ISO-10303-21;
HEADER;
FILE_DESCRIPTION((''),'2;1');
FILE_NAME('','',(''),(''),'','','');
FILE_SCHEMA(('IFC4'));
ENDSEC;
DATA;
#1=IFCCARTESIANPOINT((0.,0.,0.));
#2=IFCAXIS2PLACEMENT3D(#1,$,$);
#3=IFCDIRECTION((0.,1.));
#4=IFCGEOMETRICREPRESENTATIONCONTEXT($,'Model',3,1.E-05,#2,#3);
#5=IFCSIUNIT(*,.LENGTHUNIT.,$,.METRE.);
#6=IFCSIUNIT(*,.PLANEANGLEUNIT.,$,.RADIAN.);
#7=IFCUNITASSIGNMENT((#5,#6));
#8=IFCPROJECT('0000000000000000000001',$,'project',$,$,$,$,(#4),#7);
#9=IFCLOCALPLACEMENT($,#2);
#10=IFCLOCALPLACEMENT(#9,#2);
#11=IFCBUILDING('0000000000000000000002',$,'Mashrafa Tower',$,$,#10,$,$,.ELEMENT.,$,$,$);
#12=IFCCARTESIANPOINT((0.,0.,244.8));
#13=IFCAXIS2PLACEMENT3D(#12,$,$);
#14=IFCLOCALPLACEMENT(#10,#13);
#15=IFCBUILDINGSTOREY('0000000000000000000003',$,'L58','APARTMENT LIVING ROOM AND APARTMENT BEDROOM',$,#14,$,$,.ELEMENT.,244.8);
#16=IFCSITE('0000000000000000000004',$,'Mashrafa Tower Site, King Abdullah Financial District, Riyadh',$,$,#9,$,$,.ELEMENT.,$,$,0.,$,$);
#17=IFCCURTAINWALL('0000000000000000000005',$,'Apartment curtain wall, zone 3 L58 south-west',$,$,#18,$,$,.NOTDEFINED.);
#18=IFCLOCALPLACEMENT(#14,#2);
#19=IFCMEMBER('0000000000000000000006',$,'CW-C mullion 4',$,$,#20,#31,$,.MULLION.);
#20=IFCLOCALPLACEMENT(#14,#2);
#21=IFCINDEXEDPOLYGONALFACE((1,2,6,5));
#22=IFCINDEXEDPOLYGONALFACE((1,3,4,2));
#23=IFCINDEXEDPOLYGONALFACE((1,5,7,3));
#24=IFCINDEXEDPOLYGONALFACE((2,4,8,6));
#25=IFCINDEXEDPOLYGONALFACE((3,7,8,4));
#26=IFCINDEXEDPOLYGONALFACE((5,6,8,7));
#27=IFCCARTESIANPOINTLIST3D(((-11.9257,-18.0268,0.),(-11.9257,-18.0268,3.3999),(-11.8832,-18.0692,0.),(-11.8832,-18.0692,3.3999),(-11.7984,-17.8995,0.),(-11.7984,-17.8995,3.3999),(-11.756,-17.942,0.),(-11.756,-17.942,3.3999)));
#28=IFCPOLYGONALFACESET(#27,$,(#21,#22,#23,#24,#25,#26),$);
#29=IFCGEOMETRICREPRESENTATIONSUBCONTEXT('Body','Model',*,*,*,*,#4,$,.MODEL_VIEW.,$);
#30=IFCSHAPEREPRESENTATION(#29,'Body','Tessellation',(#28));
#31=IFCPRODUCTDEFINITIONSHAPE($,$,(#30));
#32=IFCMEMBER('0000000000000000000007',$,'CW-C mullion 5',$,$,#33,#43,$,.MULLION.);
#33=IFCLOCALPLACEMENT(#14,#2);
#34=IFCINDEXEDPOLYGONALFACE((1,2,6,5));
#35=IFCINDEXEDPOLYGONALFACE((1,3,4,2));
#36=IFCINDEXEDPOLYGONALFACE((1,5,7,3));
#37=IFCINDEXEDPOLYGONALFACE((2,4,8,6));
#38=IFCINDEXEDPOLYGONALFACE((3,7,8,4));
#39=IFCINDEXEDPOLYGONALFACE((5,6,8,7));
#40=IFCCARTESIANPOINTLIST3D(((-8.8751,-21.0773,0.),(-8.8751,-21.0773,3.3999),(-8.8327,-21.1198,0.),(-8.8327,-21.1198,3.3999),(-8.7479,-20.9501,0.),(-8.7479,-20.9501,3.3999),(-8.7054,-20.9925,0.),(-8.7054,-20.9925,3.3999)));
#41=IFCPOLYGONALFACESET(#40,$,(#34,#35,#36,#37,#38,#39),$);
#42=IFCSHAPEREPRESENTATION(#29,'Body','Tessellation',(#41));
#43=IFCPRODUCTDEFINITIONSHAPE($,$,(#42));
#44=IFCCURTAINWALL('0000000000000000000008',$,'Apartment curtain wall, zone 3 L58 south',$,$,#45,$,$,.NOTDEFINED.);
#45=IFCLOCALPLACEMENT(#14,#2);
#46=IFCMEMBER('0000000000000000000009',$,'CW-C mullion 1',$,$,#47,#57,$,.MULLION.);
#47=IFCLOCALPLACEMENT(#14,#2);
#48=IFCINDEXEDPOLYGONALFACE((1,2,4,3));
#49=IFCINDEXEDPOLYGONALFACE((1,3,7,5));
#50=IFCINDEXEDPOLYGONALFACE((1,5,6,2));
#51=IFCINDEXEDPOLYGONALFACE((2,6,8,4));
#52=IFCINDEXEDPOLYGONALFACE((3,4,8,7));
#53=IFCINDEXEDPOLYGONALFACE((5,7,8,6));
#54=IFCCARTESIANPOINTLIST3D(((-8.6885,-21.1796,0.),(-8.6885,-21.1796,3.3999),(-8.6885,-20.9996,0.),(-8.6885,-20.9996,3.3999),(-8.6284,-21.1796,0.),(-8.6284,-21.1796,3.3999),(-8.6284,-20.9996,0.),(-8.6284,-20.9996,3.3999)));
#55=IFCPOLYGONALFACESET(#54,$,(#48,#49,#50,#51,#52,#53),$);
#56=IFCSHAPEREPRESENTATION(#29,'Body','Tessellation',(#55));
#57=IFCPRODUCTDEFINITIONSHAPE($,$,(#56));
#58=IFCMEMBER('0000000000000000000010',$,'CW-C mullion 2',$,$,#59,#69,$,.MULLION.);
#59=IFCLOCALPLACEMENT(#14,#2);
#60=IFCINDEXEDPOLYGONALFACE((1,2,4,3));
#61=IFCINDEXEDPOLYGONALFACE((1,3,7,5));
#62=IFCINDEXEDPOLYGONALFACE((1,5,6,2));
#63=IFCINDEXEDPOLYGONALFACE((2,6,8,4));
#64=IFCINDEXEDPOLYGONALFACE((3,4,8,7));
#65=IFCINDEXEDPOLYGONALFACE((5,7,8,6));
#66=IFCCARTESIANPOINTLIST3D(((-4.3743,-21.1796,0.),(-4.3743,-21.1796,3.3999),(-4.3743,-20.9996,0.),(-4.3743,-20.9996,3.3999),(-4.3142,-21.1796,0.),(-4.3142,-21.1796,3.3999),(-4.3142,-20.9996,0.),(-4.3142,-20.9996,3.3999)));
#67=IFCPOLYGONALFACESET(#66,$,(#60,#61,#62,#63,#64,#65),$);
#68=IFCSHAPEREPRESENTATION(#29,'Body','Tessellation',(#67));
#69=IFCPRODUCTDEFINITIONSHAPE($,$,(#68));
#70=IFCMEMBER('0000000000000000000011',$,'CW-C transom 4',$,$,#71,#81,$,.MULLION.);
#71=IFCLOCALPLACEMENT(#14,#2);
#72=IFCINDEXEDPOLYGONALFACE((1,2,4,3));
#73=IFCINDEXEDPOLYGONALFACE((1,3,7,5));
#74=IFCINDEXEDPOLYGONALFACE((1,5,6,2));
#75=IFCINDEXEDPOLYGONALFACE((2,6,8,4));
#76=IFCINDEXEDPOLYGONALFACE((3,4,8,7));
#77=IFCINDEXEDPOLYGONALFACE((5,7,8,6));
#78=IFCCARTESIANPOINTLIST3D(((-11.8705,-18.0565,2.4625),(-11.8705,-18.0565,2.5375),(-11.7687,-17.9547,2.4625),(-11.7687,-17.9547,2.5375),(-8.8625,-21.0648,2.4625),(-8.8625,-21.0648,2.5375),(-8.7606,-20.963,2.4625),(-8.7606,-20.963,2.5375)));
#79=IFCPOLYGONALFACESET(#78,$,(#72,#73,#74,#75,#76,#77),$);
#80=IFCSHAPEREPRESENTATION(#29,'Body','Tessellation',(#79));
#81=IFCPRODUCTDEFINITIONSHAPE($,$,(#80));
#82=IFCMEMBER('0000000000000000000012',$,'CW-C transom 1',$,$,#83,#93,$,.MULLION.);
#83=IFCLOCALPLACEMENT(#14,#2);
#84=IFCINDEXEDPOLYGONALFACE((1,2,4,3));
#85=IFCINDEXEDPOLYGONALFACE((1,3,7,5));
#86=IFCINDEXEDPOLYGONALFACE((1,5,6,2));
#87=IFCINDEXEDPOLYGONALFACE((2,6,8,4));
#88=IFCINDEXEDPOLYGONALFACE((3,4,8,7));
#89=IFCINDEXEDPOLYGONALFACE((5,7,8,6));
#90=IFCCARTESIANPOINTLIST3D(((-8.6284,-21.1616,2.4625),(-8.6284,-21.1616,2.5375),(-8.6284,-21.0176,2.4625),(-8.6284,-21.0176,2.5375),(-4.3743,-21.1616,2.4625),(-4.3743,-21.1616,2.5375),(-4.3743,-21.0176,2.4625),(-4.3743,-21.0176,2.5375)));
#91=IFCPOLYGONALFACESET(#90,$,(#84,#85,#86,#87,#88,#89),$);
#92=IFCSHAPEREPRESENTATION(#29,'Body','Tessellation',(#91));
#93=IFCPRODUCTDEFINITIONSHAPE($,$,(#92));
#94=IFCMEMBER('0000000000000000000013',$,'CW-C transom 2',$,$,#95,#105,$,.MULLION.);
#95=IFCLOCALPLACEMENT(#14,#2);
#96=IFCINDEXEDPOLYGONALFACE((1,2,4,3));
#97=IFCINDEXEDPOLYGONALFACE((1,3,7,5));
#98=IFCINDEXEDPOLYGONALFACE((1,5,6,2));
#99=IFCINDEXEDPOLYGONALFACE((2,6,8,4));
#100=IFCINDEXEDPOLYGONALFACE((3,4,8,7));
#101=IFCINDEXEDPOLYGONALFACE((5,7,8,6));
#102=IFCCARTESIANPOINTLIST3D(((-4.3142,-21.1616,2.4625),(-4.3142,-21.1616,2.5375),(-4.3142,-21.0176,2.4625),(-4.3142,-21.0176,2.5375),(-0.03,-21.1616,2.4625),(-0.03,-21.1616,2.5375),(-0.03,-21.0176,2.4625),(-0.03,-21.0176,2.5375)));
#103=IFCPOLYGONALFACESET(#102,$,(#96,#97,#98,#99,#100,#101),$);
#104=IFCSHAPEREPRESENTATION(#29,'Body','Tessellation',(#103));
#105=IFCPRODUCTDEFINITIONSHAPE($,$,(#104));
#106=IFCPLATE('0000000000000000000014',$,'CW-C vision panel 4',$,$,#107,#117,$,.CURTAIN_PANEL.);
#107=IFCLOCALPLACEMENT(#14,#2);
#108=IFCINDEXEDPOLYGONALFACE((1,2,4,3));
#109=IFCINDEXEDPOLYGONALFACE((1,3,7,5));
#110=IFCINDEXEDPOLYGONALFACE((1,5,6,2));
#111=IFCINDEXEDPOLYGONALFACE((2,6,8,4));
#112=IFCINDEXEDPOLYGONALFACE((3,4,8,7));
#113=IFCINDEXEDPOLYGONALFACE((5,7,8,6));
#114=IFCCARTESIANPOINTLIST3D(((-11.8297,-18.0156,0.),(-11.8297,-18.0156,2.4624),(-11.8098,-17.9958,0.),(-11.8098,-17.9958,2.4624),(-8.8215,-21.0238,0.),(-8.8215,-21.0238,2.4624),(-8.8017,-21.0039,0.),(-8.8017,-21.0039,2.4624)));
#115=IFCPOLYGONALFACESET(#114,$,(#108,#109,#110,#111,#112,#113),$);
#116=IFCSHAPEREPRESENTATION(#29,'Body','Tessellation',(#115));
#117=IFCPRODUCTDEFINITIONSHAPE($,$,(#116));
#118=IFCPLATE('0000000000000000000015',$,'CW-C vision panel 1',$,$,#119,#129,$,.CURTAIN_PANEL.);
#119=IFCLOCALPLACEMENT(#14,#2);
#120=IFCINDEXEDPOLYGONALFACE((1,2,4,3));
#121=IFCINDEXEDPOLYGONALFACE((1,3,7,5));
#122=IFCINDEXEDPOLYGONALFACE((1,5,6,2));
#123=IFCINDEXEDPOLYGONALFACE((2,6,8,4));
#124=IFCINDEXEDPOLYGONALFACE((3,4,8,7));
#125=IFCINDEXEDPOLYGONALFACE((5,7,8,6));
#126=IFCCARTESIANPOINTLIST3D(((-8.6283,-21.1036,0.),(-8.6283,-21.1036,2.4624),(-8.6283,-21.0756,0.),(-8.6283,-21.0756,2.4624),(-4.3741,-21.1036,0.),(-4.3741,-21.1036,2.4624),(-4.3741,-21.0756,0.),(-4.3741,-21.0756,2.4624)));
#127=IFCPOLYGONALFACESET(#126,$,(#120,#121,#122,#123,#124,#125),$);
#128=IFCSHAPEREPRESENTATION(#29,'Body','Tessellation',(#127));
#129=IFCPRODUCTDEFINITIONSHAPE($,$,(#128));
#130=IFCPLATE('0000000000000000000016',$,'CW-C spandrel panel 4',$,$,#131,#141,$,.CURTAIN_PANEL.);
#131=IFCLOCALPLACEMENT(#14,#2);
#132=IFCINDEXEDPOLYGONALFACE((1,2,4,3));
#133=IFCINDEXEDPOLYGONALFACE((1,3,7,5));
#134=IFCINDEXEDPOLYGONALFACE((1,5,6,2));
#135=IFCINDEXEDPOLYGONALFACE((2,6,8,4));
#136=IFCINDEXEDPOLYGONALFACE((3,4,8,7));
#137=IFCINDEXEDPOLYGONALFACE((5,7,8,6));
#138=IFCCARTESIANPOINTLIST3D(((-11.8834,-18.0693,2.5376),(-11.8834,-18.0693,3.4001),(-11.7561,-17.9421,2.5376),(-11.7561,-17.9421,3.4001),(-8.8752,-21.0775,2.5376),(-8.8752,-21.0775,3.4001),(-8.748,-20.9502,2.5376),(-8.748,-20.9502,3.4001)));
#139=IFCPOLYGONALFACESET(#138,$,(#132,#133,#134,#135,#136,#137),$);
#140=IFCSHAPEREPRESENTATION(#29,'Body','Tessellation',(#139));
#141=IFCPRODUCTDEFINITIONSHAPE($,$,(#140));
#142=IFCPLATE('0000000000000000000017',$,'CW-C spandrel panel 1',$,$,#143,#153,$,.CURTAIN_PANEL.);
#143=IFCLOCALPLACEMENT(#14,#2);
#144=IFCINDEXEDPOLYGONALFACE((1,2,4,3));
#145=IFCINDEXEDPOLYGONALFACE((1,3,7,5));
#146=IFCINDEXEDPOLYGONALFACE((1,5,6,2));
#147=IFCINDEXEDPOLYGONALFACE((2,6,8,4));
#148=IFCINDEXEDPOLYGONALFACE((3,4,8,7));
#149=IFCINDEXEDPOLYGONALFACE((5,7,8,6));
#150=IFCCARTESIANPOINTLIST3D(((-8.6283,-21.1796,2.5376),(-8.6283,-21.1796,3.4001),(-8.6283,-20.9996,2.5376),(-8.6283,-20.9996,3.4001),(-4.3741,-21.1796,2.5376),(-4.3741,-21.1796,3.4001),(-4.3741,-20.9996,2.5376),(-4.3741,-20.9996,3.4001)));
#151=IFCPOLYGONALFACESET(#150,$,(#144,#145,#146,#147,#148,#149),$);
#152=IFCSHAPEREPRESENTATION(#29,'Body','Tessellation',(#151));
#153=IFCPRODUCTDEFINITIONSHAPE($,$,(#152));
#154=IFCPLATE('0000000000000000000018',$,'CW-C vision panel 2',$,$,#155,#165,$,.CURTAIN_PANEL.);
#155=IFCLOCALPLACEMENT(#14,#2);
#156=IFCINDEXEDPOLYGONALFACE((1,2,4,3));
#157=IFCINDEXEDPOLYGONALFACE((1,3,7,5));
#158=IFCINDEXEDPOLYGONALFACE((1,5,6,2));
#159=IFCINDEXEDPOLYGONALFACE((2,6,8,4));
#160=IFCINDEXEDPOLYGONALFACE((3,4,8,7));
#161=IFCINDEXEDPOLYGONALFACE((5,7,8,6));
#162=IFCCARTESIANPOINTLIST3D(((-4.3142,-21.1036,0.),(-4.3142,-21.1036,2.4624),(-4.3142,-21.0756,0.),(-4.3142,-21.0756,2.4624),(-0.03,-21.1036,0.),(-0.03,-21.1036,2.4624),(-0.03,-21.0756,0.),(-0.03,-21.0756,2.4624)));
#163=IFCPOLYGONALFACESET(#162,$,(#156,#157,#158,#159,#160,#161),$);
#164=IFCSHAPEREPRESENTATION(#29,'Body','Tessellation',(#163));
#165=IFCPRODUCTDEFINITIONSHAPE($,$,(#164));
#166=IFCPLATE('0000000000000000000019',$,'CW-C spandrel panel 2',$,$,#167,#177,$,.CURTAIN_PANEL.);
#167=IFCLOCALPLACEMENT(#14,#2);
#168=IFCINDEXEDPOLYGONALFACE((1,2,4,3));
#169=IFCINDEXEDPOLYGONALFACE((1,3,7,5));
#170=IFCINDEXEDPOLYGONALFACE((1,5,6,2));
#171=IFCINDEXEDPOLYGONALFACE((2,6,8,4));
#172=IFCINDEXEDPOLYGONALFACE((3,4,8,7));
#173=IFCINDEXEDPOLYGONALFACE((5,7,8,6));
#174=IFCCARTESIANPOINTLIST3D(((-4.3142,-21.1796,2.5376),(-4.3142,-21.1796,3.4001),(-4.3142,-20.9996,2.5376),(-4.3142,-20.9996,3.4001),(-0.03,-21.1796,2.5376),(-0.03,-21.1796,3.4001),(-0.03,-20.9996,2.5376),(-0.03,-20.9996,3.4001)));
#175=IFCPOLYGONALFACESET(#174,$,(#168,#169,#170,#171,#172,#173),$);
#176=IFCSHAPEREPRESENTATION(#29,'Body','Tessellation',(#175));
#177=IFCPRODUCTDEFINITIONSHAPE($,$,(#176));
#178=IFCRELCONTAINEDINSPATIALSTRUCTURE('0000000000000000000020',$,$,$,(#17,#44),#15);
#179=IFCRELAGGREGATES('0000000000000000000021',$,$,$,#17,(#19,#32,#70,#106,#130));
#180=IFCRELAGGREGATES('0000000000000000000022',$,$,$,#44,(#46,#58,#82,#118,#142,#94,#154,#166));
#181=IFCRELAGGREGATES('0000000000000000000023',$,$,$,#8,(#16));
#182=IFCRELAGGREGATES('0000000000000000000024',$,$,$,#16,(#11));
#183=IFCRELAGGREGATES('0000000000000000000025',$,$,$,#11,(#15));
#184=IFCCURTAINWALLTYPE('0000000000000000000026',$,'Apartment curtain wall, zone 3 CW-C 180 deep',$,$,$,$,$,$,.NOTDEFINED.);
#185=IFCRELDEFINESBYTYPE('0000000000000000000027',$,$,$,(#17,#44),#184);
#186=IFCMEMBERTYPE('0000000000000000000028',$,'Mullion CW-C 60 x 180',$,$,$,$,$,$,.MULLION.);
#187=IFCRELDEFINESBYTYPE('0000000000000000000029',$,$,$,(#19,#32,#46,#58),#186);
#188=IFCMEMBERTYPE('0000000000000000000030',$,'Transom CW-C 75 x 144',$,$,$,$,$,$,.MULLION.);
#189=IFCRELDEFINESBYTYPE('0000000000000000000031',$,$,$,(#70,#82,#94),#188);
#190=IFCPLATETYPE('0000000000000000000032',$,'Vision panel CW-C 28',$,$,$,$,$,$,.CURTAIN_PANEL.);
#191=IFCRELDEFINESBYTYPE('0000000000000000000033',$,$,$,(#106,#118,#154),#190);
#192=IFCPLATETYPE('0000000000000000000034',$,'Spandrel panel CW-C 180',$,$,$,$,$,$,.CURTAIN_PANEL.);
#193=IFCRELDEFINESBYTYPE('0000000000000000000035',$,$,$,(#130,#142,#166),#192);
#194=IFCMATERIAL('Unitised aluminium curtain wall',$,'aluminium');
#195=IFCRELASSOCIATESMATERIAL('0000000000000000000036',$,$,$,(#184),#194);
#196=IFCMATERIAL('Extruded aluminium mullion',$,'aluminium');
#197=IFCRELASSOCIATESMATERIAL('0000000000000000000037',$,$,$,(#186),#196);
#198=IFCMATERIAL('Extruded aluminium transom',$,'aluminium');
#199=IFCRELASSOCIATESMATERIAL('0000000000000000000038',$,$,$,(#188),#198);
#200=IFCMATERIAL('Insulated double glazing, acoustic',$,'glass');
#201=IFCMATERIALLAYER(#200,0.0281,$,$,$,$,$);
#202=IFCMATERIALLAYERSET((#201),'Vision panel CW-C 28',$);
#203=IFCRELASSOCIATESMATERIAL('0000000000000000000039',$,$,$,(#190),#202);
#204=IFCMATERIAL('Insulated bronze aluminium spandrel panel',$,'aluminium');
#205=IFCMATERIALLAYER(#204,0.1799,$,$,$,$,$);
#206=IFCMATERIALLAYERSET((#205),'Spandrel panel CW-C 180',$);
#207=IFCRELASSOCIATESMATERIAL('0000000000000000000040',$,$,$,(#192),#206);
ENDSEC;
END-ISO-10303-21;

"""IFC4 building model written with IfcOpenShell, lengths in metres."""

from ifc_helpers import new_model, si_unit, direction, frame, origin, origin_2d, place, context, subcontext, project, spatial, rectangle, extrude, source, transform, mapped, material, layer, layer_set, material_profile, profile_set, type_object, type_shapes, element, aggregate, save


model = new_model("IFC4")

# Units and contexts
model_context = context("Model", 3, precision=1e-05, world=origin(), true_north=direction((0.0, 1.0)))
body_context = subcontext(model_context, "Body", "Model", "MODEL_VIEW")
ifc_project = project(units=[si_unit("LENGTHUNIT", "METRE"), si_unit("PLANEANGLEUNIT", "RADIAN")], contexts=[model_context])

# Site, building, storey
site_placement = place(None, origin())
site = spatial("IfcSite", under=ifc_project, at=site_placement, Name="Mashrafa Tower Site, King Abdullah Financial District, Riyadh", CompositionType="ELEMENT", RefElevation=0.0)
building_placement = place(site_placement, origin())
building = spatial("IfcBuilding", under=site, at=building_placement, Name="Mashrafa Tower", CompositionType="ELEMENT")
storey_placement = place(building_placement, frame((0.0, 0.0, 244.8)))
storey = spatial("IfcBuildingStorey", under=building, at=storey_placement, Name="L58", Description="APARTMENT LIVING ROOM AND APARTMENT BEDROOM", CompositionType="ELEMENT", Elevation=244.8)

# Curtain walls, members
ifc_material_1 = material(Name="Unitised aluminium curtain wall", Category="aluminium")
curtain_wall_type = type_object("IfcCurtainWallType", Name="Apartment curtain wall, zone 3 CW-C 180 deep", PredefinedType="NOTDEFINED", material=ifc_material_1)
curtain_wall_1_placement = place(storey_placement, origin())
curtain_wall_1 = element("IfcCurtainWall", 1, at=curtain_wall_1_placement, inside=storey, type_object=curtain_wall_type, Name="Apartment curtain wall, zone 3 L58 south-west", PredefinedType="NOTDEFINED")
ifc_material_2 = material(Name="Extruded aluminium mullion", Category="aluminium")
ifc_material_profile_1 = material_profile(ifc_material_2, rectangle(XDim=0.1799, YDim=0.0601, at=origin_2d()), Name="Mullion 60x180")
ifc_profile_set_1 = profile_set([ifc_material_profile_1], Name="Extruded aluminium mullion")
member_type_1 = type_object("IfcMemberType", Name="Mullion CW-C 60 x 180", PredefinedType="MULLION", material=ifc_profile_set_1)
shared_shape_1 = source(origin(), body_context, "Body", "SweptSolid", [
    extrude(rectangle(XDim=0.1799, YDim=0.0601, at=origin_2d()), origin(), (0.0, 0.0, 1.0), 3.3999),
])
type_shapes(member_type_1, [shared_shape_1])
member_1_placement = place(storey_placement, frame((-11.8408, -17.9844, 0.0), z_axis=(0.0, 0.0, 1.0), x_axis=(0.707107, 0.707107, 0.0)))
member_1 = element("IfcMember", 2, at=member_1_placement, type_object=member_type_1, Name="CW-C mullion 4", PredefinedType="MULLION", context=body_context, shape_type="MappedRepresentation", body=[
    mapped(shared_shape_1, transform((0.0, 0.0, 0.0))),
])
member_2_placement = place(storey_placement, frame((-8.7903, -21.0349, 0.0), z_axis=(0.0, 0.0, 1.0), x_axis=(0.707107, 0.707107, 0.0)))
member_2 = element("IfcMember", 3, at=member_2_placement, type_object=member_type_1, Name="CW-C mullion 5", PredefinedType="MULLION", context=body_context, shape_type="MappedRepresentation", body=[
    mapped(shared_shape_1, transform((0.0, 0.0, 0.0))),
])
curtain_wall_2_placement = place(storey_placement, origin())
curtain_wall_2 = element("IfcCurtainWall", 4, at=curtain_wall_2_placement, inside=storey, type_object=curtain_wall_type, Name="Apartment curtain wall, zone 3 L58 south", PredefinedType="NOTDEFINED")
member_3_placement = place(storey_placement, frame((-8.6584, -21.0896, 0.0), z_axis=(0.0, 0.0, 1.0), x_axis=(0.0, 1.0, 0.0)))
member_3 = element("IfcMember", 5, at=member_3_placement, type_object=member_type_1, Name="CW-C mullion 1", PredefinedType="MULLION", context=body_context, shape_type="MappedRepresentation", body=[
    mapped(shared_shape_1, transform((0.0, 0.0, 0.0))),
])
member_4_placement = place(storey_placement, frame((-4.3442, -21.0896, 0.0), z_axis=(0.0, 0.0, 1.0), x_axis=(0.0, 1.0, 0.0)))
member_4 = element("IfcMember", 6, at=member_4_placement, type_object=member_type_1, Name="CW-C mullion 2", PredefinedType="MULLION", context=body_context, shape_type="MappedRepresentation", body=[
    mapped(shared_shape_1, transform((0.0, 0.0, 0.0))),
])

# Members
ifc_material_3 = material(Name="Extruded aluminium transom", Category="aluminium")
ifc_material_profile_2 = material_profile(ifc_material_3, rectangle(XDim=0.144, YDim=0.075, at=origin_2d()), Name="Transom 75x144")
ifc_profile_set_2 = profile_set([ifc_material_profile_2], Name="Extruded aluminium transom")
member_type_2 = type_object("IfcMemberType", Name="Transom CW-C 75 x 144", PredefinedType="MULLION", material=ifc_profile_set_2)
shared_shape_2 = source(origin(), body_context, "Body", "SweptSolid", [
    extrude(rectangle(XDim=0.144, YDim=0.075, at=origin_2d()), origin(), (0.0, 0.0, 1.0), 4.2542),
])
member_5_placement = place(storey_placement, frame((-11.8196, -18.0056, 2.5), z_axis=(0.707078, -0.707135, 0.0), x_axis=(0.707135, 0.707078, 0.0)))
member_5 = element("IfcMember", 7, at=member_5_placement, type_object=member_type_2, Name="CW-C transom 4", PredefinedType="MULLION", context=body_context, shape_type="MappedRepresentation", body=[
    mapped(shared_shape_2, transform((0.0, 0.0, 0.0))),
])
member_6_placement = place(storey_placement, frame((-8.6284, -21.0896, 2.5), z_axis=(1.0, 0.0, 0.0), x_axis=(0.0, 1.0, 0.0)))
member_6 = element("IfcMember", 8, at=member_6_placement, type_object=member_type_2, Name="CW-C transom 1", PredefinedType="MULLION", context=body_context, shape_type="MappedRepresentation", body=[
    mapped(shared_shape_2, transform((0.0, 0.0, 0.0))),
])
shared_shape_3 = source(origin(), body_context, "Body", "SweptSolid", [
    extrude(rectangle(XDim=0.144, YDim=0.075, at=origin_2d()), origin(), (0.0, 0.0, 1.0), 4.2842),
])
type_shapes(member_type_2, [shared_shape_2, shared_shape_3])
member_7_placement = place(storey_placement, frame((-4.3142, -21.0896, 2.5), z_axis=(1.0, 0.0, 0.0), x_axis=(0.0, 1.0, 0.0)))
member_7 = element("IfcMember", 9, at=member_7_placement, type_object=member_type_2, Name="CW-C transom 2", PredefinedType="MULLION", context=body_context, shape_type="MappedRepresentation", body=[
    mapped(shared_shape_3, transform((0.0, 0.0, 0.0))),
])

# Plates
ifc_material_4 = material(Name="Insulated double glazing, acoustic", Category="glass")
ifc_layer_1 = layer(ifc_material_4, 0.0281)
ifc_layer_set_1 = layer_set([ifc_layer_1], Name="Vision panel CW-C 28")
plate_type_1 = type_object("IfcPlateType", Name="Vision panel CW-C 28", PredefinedType="CURTAIN_PANEL", material=ifc_layer_set_1)
shared_shape_4 = source(origin(), body_context, "Body", "SweptSolid", [
    extrude(rectangle(XDim=4.2542, YDim=0.0281, at=origin_2d()), origin(), (0.0, 0.0, 1.0), 2.4624),
])
plate_1_placement = place(storey_placement, frame((-10.3157, -19.5098, 0.0), z_axis=(0.0, 0.0, 1.0), x_axis=(0.707107, -0.707107, 0.0)))
plate_1 = element("IfcPlate", 10, at=plate_1_placement, type_object=plate_type_1, Name="CW-C vision panel 4", PredefinedType="CURTAIN_PANEL", context=body_context, shape_type="MappedRepresentation", body=[
    mapped(shared_shape_4, transform((0.0, 0.0, 0.0))),
])
plate_2_placement = place(storey_placement, frame((-6.5012, -21.0896, 0.0), z_axis=(0.0, 0.0, 1.0), x_axis=(1.0, 0.0, 0.0)))
plate_2 = element("IfcPlate", 11, at=plate_2_placement, type_object=plate_type_1, Name="CW-C vision panel 1", PredefinedType="CURTAIN_PANEL", context=body_context, shape_type="MappedRepresentation", body=[
    mapped(shared_shape_4, transform((0.0, 0.0, 0.0))),
])
ifc_material_5 = material(Name="Insulated bronze aluminium spandrel panel", Category="aluminium")
ifc_layer_2 = layer(ifc_material_5, 0.1799)
ifc_layer_set_2 = layer_set([ifc_layer_2], Name="Spandrel panel CW-C 180")
plate_type_2 = type_object("IfcPlateType", Name="Spandrel panel CW-C 180", PredefinedType="CURTAIN_PANEL", material=ifc_layer_set_2)
shared_shape_5 = source(origin(), body_context, "Body", "SweptSolid", [
    extrude(rectangle(XDim=4.2542, YDim=0.1799, at=origin_2d()), origin(), (0.0, 0.0, 1.0), 0.8625),
])
plate_3_placement = place(storey_placement, frame((-10.3157, -19.5098, 2.5376), z_axis=(0.0, 0.0, 1.0), x_axis=(0.707107, -0.707107, 0.0)))
plate_3 = element("IfcPlate", 12, at=plate_3_placement, type_object=plate_type_2, Name="CW-C spandrel panel 4", PredefinedType="CURTAIN_PANEL", context=body_context, shape_type="MappedRepresentation", body=[
    mapped(shared_shape_5, transform((0.0, 0.0, 0.0))),
])
aggregate(curtain_wall_1, [member_1, member_2, member_5, plate_1, plate_3])
plate_4_placement = place(storey_placement, frame((-6.5012, -21.0896, 2.5376), z_axis=(0.0, 0.0, 1.0), x_axis=(1.0, 0.0, 0.0)))
plate_4 = element("IfcPlate", 13, at=plate_4_placement, type_object=plate_type_2, Name="CW-C spandrel panel 1", PredefinedType="CURTAIN_PANEL", context=body_context, shape_type="MappedRepresentation", body=[
    mapped(shared_shape_5, transform((0.0, 0.0, 0.0))),
])
shared_shape_6 = source(origin(), body_context, "Body", "SweptSolid", [
    extrude(rectangle(XDim=4.2842, YDim=0.0281, at=origin_2d()), origin(), (0.0, 0.0, 1.0), 2.4624),
])
type_shapes(plate_type_1, [shared_shape_4, shared_shape_6])
plate_5_placement = place(storey_placement, frame((-2.1721, -21.0896, 0.0), z_axis=(0.0, 0.0, 1.0), x_axis=(1.0, 0.0, 0.0)))
plate_5 = element("IfcPlate", 14, at=plate_5_placement, type_object=plate_type_1, Name="CW-C vision panel 2", PredefinedType="CURTAIN_PANEL", context=body_context, shape_type="MappedRepresentation", body=[
    mapped(shared_shape_6, transform((0.0, 0.0, 0.0))),
])
shared_shape_7 = source(origin(), body_context, "Body", "SweptSolid", [
    extrude(rectangle(XDim=4.2842, YDim=0.1799, at=origin_2d()), origin(), (0.0, 0.0, 1.0), 0.8625),
])
type_shapes(plate_type_2, [shared_shape_5, shared_shape_7])
plate_6_placement = place(storey_placement, frame((-2.1721, -21.0896, 2.5376), z_axis=(0.0, 0.0, 1.0), x_axis=(1.0, 0.0, 0.0)))
plate_6 = element("IfcPlate", 15, at=plate_6_placement, type_object=plate_type_2, Name="CW-C spandrel panel 2", PredefinedType="CURTAIN_PANEL", context=body_context, shape_type="MappedRepresentation", body=[
    mapped(shared_shape_7, transform((0.0, 0.0, 0.0))),
])
aggregate(curtain_wall_2, [member_3, member_4, member_6, plate_2, plate_4, member_7, plate_5, plate_6])

save(model, "model.ifc")
